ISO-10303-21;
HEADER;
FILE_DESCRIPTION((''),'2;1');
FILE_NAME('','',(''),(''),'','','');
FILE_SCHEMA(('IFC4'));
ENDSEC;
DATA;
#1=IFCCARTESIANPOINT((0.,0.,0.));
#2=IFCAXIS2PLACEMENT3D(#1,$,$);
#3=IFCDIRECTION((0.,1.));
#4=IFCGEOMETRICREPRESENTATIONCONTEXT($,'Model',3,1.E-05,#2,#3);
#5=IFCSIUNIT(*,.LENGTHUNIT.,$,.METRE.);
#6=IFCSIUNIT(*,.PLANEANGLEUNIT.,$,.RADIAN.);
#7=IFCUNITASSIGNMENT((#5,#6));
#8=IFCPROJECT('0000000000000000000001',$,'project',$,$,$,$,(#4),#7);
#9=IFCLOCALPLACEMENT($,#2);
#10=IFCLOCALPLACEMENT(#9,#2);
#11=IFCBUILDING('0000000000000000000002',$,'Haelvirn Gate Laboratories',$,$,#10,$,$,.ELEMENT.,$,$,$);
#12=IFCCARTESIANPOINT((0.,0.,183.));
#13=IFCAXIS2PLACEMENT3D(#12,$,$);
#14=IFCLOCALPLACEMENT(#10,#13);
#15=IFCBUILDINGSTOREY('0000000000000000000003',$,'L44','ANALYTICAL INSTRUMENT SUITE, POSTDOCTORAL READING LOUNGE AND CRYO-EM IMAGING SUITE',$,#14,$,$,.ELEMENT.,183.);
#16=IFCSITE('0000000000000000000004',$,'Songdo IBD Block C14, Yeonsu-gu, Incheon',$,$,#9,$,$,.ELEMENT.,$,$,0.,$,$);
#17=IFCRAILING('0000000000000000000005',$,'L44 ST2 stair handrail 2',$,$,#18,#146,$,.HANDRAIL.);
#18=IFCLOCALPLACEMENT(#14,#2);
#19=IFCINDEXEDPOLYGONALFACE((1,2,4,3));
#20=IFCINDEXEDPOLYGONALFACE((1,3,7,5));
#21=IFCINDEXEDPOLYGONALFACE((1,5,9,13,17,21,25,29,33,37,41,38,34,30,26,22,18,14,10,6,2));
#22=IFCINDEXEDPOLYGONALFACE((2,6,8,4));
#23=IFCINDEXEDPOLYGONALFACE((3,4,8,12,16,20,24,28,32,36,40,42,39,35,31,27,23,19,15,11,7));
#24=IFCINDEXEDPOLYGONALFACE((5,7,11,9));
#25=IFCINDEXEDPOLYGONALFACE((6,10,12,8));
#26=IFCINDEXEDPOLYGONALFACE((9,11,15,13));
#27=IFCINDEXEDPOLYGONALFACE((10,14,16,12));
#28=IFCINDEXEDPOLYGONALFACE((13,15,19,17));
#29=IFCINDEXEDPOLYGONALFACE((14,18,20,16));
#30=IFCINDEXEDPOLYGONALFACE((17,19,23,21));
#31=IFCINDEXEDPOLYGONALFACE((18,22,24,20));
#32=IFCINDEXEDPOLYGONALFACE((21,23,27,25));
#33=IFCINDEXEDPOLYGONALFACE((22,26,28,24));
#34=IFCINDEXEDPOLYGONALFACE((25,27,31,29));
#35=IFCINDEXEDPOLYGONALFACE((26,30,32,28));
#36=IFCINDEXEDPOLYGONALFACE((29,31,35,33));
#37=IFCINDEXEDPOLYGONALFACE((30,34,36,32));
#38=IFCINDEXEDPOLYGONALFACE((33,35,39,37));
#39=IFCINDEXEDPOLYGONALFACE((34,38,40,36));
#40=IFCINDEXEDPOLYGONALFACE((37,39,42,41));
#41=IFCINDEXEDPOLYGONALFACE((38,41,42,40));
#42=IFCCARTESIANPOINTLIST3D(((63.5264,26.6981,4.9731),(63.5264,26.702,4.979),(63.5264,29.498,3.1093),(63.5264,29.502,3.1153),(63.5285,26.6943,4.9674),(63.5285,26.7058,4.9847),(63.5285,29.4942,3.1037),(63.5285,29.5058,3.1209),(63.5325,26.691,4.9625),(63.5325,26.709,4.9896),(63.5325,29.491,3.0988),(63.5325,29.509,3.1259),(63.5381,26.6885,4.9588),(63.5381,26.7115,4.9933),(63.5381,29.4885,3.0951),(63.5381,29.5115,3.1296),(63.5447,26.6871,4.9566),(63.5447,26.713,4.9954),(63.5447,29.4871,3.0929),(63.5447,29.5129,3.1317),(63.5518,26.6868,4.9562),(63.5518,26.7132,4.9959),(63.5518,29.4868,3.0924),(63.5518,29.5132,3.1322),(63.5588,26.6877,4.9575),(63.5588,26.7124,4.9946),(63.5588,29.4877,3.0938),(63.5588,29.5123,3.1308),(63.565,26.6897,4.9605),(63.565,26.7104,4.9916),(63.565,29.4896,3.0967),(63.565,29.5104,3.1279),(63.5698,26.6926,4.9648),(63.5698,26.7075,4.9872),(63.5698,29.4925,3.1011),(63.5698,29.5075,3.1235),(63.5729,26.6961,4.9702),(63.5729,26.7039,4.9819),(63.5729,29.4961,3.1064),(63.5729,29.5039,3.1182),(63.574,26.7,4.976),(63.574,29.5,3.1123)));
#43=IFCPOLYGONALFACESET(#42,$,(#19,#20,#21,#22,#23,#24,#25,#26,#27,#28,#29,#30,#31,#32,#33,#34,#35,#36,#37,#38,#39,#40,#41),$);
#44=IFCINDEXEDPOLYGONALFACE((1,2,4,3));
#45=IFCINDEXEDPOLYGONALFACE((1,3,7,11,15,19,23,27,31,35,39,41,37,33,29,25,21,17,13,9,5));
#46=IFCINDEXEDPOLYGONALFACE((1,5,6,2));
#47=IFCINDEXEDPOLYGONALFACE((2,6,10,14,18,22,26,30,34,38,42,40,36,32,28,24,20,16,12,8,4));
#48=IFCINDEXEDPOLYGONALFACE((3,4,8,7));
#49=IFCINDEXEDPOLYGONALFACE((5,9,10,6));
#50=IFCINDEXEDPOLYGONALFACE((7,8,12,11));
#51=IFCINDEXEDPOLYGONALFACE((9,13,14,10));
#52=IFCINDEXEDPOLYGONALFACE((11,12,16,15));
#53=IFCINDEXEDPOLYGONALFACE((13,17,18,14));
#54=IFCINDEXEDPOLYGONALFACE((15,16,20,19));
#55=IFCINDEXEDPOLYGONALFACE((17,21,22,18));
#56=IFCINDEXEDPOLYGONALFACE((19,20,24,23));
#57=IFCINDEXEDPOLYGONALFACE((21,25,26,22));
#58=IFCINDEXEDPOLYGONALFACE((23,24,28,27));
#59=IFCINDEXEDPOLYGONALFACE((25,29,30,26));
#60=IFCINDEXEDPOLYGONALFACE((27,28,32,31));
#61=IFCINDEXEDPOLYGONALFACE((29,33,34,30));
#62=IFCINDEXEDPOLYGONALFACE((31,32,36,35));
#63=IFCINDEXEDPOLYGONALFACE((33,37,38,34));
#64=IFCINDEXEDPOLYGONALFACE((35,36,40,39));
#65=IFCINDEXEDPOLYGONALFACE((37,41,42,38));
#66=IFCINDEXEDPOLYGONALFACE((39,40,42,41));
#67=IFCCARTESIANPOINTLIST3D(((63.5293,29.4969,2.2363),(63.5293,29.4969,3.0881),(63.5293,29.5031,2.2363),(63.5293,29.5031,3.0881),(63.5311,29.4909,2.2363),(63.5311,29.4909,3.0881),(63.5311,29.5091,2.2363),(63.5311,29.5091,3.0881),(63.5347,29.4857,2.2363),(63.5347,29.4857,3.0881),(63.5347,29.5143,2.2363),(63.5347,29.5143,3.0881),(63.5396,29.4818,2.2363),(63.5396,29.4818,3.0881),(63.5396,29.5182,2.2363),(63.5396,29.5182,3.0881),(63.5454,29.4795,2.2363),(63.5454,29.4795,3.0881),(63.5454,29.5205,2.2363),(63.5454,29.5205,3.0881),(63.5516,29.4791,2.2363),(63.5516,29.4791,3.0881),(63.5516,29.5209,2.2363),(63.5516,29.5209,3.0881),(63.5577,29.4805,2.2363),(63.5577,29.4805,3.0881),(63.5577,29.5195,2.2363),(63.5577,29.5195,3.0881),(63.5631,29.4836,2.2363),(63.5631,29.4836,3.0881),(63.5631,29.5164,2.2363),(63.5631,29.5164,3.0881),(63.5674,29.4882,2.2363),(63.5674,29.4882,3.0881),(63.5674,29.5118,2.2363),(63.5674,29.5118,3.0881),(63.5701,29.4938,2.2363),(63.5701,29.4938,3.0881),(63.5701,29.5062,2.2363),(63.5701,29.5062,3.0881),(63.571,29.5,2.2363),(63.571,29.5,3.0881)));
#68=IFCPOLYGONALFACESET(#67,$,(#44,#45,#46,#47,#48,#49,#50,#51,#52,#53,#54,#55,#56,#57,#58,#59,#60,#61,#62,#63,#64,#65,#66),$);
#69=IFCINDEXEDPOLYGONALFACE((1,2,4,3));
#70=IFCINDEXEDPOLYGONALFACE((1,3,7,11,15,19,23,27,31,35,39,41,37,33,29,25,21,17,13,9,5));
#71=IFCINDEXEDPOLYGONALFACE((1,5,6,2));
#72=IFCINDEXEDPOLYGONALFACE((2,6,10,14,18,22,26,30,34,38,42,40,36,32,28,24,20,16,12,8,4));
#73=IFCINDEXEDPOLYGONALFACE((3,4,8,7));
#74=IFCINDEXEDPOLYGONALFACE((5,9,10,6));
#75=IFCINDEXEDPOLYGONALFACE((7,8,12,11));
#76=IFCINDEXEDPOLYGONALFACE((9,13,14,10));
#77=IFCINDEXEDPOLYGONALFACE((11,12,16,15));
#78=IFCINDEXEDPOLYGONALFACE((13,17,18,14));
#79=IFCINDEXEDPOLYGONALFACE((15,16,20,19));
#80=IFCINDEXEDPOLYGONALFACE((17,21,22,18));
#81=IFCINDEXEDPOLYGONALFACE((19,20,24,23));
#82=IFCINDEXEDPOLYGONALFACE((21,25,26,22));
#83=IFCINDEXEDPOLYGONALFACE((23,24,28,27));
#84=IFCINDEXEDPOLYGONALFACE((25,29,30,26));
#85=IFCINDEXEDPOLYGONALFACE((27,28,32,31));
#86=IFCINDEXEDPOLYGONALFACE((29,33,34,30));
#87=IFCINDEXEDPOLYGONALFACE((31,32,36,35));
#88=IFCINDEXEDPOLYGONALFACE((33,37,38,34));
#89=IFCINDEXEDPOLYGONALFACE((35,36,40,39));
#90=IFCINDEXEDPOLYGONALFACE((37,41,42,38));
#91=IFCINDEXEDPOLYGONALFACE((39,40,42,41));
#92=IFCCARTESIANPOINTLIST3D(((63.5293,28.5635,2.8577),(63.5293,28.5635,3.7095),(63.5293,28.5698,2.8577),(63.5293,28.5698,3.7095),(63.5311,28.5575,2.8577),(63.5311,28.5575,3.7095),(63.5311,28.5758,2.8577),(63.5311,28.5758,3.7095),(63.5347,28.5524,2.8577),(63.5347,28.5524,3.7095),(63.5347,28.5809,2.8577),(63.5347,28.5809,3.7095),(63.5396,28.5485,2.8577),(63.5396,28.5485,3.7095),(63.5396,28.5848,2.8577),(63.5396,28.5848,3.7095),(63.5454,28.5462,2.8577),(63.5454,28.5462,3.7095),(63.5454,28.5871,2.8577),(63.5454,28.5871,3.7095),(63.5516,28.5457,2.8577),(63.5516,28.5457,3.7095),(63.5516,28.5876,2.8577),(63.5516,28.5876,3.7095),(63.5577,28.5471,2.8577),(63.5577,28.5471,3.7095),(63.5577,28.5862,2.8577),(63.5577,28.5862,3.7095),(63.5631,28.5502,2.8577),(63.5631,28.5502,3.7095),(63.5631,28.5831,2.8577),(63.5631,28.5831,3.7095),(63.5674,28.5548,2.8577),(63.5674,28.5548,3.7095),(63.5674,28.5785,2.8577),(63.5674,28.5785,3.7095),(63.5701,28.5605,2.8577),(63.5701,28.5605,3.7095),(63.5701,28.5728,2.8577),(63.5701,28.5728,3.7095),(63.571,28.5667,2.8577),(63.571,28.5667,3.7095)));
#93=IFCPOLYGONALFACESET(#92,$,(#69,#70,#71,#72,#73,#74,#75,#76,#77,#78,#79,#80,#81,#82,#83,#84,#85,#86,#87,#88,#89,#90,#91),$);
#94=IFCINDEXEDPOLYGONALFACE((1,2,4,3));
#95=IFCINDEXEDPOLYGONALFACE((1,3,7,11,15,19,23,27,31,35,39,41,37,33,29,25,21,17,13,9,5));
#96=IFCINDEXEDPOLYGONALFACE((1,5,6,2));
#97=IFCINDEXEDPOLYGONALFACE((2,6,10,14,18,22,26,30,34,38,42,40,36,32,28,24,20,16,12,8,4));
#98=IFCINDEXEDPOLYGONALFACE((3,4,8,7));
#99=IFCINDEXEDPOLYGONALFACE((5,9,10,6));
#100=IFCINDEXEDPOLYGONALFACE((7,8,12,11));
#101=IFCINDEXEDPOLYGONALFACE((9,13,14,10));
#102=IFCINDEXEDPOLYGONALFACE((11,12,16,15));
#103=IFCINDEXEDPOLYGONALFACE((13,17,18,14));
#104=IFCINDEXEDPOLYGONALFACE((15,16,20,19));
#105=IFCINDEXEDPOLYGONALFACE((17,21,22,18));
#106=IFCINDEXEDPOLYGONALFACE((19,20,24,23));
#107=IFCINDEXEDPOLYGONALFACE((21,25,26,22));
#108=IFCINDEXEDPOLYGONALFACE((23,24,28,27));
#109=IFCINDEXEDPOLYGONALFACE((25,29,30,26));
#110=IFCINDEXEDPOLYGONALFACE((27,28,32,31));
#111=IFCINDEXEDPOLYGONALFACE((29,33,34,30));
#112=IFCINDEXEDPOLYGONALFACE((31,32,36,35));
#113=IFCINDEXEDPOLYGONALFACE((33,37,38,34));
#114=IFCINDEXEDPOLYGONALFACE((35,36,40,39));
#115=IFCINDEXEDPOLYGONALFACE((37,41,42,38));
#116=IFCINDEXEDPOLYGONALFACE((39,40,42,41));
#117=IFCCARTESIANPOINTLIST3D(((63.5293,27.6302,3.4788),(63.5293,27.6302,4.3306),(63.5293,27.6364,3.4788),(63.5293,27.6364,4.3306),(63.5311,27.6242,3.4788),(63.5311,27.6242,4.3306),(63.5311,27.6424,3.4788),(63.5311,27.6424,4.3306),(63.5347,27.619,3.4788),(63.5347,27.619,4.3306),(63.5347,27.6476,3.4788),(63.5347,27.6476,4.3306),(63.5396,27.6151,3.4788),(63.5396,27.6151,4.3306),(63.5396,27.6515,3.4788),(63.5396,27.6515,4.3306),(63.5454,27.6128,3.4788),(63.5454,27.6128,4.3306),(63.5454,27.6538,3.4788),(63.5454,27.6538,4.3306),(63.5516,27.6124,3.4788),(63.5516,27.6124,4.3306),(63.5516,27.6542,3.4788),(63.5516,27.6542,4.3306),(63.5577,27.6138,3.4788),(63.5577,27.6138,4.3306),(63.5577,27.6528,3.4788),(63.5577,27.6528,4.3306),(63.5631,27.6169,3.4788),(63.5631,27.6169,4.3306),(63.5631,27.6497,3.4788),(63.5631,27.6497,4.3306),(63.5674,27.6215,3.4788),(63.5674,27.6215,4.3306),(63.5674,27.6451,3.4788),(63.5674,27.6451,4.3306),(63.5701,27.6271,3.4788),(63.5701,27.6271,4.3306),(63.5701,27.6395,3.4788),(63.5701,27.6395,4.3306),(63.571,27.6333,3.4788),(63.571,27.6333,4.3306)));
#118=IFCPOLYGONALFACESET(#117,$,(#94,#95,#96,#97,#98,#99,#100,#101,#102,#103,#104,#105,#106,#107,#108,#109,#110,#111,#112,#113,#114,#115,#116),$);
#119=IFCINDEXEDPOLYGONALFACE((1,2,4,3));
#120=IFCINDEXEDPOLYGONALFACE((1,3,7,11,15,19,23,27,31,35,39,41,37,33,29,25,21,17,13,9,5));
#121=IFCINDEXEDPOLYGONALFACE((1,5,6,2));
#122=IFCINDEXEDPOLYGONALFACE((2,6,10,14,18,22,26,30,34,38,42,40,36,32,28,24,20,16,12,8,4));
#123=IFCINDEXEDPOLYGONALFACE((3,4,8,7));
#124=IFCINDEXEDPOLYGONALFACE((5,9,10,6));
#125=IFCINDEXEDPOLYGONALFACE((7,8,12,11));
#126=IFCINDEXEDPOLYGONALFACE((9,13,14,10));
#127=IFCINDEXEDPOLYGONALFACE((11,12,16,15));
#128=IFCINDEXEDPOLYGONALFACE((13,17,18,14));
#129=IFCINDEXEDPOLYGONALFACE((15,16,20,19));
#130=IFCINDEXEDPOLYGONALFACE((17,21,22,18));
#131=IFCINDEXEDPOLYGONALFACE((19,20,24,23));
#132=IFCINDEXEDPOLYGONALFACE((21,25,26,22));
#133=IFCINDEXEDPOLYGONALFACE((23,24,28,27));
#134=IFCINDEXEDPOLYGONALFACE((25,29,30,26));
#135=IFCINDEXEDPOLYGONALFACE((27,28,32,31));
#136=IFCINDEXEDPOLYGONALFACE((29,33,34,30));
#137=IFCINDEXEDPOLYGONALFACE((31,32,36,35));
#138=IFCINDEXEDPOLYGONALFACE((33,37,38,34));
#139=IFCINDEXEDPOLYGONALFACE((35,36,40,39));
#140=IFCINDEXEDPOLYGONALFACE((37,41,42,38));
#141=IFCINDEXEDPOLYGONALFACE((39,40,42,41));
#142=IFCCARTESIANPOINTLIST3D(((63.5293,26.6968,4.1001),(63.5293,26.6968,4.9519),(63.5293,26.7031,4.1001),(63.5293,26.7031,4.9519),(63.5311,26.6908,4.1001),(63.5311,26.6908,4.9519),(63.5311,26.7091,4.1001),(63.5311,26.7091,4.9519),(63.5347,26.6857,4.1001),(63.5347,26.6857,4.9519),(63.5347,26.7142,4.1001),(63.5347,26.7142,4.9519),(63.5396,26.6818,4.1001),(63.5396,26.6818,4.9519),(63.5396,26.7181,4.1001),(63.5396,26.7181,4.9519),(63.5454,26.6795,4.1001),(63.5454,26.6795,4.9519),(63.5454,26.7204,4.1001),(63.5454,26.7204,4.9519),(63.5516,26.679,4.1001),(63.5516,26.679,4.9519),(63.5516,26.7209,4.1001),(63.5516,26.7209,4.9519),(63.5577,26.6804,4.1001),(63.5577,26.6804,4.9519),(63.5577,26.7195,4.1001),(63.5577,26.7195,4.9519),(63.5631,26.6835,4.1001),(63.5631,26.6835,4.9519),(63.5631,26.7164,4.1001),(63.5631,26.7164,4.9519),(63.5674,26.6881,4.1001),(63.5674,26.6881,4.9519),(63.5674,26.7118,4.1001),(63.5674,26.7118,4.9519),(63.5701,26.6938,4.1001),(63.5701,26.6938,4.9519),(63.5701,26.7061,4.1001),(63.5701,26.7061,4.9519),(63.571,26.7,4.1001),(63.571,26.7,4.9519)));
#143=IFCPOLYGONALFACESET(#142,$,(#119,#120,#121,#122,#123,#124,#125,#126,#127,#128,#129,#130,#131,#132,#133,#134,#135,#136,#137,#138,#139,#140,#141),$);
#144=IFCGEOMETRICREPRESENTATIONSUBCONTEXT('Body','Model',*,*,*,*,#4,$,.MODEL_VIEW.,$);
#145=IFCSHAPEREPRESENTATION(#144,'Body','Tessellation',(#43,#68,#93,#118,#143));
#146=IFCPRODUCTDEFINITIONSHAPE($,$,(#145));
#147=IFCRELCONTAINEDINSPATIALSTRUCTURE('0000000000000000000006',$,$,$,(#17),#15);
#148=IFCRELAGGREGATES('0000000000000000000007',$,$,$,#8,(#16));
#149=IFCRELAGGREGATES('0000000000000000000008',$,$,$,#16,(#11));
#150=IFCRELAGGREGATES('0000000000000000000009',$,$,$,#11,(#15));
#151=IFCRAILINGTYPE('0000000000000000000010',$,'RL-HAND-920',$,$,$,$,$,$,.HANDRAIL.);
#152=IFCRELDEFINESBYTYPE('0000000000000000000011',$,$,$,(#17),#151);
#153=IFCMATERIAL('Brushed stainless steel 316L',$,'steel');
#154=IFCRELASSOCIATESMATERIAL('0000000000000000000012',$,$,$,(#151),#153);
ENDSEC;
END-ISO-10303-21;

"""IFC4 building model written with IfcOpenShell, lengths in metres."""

from ifc_helpers import new_model, si_unit, direction, frame, origin, origin_2d, place, context, subcontext, project, spatial, circle, extrude, source, transform, mapped, material, type_object, element, save


model = new_model("IFC4")

# Units and contexts
model_context = context("Model", 3, precision=1e-05, world=origin(), true_north=direction((0.0, 1.0)))
body_context = subcontext(model_context, "Body", "Model", "MODEL_VIEW")
ifc_project = project(units=[si_unit("LENGTHUNIT", "METRE"), si_unit("PLANEANGLEUNIT", "RADIAN")], contexts=[model_context])

# Site, building, storey
site_placement = place(None, origin())
site = spatial("IfcSite", under=ifc_project, at=site_placement, Name="Songdo IBD Block C14, Yeonsu-gu, Incheon", CompositionType="ELEMENT", RefElevation=0.0)
building_placement = place(site_placement, origin())
building = spatial("IfcBuilding", under=site, at=building_placement, Name="Haelvirn Gate Laboratories", CompositionType="ELEMENT")
storey_placement = place(building_placement, frame((0.0, 0.0, 183.0)))
storey = spatial("IfcBuildingStorey", under=building, at=storey_placement, Name="L44", Description="ANALYTICAL INSTRUMENT SUITE, POSTDOCTORAL READING LOUNGE AND CRYO-EM IMAGING SUITE", CompositionType="ELEMENT", Elevation=183.0)

# Railing
ifc_material_1 = material(Name="Brushed stainless steel 316L", Category="steel")
railing_type_1 = type_object("IfcRailingType", Name="RL-HAND-920", PredefinedType="HANDRAIL", material=ifc_material_1)
shared_shape_1 = source(origin(), body_context, "Body", "SweptSolid", [
    extrude(circle(Radius=0.0239, at=origin_2d()), frame((0.0, 0.0, 0.876), z_axis=(0.0, -0.832452, 0.554097), x_axis=(1.0, 0.0, 0.0)), (0.0, 0.0, 1.0), 3.3635),
    extrude(circle(Radius=0.021, at=origin_2d()), origin(), (0.0, 0.0, 1.0), 0.8518),
    extrude(circle(Radius=0.021, at=origin_2d()), frame((0.0, -0.9333, 0.6213)), (0.0, 0.0, 1.0), 0.8518),
    extrude(circle(Radius=0.021, at=origin_2d()), frame((0.0, -1.8667, 1.2424)), (0.0, 0.0, 1.0), 0.8518),
    extrude(circle(Radius=0.021, at=origin_2d()), frame((0.0, -2.8, 1.8638)), (0.0, 0.0, 1.0), 0.8518),
])
railing_1_placement = place(storey_placement, frame((63.55, 29.5, 2.2363)))
element("IfcRailing", 1, at=railing_1_placement, inside=storey, type_object=railing_type_1, Name="L44 ST2 stair handrail 2", PredefinedType="HANDRAIL", context=body_context, shape_type="MappedRepresentation", body=[
    mapped(shared_shape_1, transform((0.0, 0.0, 0.0), scale=1.0)),
])

save(model, "model.ifc")
